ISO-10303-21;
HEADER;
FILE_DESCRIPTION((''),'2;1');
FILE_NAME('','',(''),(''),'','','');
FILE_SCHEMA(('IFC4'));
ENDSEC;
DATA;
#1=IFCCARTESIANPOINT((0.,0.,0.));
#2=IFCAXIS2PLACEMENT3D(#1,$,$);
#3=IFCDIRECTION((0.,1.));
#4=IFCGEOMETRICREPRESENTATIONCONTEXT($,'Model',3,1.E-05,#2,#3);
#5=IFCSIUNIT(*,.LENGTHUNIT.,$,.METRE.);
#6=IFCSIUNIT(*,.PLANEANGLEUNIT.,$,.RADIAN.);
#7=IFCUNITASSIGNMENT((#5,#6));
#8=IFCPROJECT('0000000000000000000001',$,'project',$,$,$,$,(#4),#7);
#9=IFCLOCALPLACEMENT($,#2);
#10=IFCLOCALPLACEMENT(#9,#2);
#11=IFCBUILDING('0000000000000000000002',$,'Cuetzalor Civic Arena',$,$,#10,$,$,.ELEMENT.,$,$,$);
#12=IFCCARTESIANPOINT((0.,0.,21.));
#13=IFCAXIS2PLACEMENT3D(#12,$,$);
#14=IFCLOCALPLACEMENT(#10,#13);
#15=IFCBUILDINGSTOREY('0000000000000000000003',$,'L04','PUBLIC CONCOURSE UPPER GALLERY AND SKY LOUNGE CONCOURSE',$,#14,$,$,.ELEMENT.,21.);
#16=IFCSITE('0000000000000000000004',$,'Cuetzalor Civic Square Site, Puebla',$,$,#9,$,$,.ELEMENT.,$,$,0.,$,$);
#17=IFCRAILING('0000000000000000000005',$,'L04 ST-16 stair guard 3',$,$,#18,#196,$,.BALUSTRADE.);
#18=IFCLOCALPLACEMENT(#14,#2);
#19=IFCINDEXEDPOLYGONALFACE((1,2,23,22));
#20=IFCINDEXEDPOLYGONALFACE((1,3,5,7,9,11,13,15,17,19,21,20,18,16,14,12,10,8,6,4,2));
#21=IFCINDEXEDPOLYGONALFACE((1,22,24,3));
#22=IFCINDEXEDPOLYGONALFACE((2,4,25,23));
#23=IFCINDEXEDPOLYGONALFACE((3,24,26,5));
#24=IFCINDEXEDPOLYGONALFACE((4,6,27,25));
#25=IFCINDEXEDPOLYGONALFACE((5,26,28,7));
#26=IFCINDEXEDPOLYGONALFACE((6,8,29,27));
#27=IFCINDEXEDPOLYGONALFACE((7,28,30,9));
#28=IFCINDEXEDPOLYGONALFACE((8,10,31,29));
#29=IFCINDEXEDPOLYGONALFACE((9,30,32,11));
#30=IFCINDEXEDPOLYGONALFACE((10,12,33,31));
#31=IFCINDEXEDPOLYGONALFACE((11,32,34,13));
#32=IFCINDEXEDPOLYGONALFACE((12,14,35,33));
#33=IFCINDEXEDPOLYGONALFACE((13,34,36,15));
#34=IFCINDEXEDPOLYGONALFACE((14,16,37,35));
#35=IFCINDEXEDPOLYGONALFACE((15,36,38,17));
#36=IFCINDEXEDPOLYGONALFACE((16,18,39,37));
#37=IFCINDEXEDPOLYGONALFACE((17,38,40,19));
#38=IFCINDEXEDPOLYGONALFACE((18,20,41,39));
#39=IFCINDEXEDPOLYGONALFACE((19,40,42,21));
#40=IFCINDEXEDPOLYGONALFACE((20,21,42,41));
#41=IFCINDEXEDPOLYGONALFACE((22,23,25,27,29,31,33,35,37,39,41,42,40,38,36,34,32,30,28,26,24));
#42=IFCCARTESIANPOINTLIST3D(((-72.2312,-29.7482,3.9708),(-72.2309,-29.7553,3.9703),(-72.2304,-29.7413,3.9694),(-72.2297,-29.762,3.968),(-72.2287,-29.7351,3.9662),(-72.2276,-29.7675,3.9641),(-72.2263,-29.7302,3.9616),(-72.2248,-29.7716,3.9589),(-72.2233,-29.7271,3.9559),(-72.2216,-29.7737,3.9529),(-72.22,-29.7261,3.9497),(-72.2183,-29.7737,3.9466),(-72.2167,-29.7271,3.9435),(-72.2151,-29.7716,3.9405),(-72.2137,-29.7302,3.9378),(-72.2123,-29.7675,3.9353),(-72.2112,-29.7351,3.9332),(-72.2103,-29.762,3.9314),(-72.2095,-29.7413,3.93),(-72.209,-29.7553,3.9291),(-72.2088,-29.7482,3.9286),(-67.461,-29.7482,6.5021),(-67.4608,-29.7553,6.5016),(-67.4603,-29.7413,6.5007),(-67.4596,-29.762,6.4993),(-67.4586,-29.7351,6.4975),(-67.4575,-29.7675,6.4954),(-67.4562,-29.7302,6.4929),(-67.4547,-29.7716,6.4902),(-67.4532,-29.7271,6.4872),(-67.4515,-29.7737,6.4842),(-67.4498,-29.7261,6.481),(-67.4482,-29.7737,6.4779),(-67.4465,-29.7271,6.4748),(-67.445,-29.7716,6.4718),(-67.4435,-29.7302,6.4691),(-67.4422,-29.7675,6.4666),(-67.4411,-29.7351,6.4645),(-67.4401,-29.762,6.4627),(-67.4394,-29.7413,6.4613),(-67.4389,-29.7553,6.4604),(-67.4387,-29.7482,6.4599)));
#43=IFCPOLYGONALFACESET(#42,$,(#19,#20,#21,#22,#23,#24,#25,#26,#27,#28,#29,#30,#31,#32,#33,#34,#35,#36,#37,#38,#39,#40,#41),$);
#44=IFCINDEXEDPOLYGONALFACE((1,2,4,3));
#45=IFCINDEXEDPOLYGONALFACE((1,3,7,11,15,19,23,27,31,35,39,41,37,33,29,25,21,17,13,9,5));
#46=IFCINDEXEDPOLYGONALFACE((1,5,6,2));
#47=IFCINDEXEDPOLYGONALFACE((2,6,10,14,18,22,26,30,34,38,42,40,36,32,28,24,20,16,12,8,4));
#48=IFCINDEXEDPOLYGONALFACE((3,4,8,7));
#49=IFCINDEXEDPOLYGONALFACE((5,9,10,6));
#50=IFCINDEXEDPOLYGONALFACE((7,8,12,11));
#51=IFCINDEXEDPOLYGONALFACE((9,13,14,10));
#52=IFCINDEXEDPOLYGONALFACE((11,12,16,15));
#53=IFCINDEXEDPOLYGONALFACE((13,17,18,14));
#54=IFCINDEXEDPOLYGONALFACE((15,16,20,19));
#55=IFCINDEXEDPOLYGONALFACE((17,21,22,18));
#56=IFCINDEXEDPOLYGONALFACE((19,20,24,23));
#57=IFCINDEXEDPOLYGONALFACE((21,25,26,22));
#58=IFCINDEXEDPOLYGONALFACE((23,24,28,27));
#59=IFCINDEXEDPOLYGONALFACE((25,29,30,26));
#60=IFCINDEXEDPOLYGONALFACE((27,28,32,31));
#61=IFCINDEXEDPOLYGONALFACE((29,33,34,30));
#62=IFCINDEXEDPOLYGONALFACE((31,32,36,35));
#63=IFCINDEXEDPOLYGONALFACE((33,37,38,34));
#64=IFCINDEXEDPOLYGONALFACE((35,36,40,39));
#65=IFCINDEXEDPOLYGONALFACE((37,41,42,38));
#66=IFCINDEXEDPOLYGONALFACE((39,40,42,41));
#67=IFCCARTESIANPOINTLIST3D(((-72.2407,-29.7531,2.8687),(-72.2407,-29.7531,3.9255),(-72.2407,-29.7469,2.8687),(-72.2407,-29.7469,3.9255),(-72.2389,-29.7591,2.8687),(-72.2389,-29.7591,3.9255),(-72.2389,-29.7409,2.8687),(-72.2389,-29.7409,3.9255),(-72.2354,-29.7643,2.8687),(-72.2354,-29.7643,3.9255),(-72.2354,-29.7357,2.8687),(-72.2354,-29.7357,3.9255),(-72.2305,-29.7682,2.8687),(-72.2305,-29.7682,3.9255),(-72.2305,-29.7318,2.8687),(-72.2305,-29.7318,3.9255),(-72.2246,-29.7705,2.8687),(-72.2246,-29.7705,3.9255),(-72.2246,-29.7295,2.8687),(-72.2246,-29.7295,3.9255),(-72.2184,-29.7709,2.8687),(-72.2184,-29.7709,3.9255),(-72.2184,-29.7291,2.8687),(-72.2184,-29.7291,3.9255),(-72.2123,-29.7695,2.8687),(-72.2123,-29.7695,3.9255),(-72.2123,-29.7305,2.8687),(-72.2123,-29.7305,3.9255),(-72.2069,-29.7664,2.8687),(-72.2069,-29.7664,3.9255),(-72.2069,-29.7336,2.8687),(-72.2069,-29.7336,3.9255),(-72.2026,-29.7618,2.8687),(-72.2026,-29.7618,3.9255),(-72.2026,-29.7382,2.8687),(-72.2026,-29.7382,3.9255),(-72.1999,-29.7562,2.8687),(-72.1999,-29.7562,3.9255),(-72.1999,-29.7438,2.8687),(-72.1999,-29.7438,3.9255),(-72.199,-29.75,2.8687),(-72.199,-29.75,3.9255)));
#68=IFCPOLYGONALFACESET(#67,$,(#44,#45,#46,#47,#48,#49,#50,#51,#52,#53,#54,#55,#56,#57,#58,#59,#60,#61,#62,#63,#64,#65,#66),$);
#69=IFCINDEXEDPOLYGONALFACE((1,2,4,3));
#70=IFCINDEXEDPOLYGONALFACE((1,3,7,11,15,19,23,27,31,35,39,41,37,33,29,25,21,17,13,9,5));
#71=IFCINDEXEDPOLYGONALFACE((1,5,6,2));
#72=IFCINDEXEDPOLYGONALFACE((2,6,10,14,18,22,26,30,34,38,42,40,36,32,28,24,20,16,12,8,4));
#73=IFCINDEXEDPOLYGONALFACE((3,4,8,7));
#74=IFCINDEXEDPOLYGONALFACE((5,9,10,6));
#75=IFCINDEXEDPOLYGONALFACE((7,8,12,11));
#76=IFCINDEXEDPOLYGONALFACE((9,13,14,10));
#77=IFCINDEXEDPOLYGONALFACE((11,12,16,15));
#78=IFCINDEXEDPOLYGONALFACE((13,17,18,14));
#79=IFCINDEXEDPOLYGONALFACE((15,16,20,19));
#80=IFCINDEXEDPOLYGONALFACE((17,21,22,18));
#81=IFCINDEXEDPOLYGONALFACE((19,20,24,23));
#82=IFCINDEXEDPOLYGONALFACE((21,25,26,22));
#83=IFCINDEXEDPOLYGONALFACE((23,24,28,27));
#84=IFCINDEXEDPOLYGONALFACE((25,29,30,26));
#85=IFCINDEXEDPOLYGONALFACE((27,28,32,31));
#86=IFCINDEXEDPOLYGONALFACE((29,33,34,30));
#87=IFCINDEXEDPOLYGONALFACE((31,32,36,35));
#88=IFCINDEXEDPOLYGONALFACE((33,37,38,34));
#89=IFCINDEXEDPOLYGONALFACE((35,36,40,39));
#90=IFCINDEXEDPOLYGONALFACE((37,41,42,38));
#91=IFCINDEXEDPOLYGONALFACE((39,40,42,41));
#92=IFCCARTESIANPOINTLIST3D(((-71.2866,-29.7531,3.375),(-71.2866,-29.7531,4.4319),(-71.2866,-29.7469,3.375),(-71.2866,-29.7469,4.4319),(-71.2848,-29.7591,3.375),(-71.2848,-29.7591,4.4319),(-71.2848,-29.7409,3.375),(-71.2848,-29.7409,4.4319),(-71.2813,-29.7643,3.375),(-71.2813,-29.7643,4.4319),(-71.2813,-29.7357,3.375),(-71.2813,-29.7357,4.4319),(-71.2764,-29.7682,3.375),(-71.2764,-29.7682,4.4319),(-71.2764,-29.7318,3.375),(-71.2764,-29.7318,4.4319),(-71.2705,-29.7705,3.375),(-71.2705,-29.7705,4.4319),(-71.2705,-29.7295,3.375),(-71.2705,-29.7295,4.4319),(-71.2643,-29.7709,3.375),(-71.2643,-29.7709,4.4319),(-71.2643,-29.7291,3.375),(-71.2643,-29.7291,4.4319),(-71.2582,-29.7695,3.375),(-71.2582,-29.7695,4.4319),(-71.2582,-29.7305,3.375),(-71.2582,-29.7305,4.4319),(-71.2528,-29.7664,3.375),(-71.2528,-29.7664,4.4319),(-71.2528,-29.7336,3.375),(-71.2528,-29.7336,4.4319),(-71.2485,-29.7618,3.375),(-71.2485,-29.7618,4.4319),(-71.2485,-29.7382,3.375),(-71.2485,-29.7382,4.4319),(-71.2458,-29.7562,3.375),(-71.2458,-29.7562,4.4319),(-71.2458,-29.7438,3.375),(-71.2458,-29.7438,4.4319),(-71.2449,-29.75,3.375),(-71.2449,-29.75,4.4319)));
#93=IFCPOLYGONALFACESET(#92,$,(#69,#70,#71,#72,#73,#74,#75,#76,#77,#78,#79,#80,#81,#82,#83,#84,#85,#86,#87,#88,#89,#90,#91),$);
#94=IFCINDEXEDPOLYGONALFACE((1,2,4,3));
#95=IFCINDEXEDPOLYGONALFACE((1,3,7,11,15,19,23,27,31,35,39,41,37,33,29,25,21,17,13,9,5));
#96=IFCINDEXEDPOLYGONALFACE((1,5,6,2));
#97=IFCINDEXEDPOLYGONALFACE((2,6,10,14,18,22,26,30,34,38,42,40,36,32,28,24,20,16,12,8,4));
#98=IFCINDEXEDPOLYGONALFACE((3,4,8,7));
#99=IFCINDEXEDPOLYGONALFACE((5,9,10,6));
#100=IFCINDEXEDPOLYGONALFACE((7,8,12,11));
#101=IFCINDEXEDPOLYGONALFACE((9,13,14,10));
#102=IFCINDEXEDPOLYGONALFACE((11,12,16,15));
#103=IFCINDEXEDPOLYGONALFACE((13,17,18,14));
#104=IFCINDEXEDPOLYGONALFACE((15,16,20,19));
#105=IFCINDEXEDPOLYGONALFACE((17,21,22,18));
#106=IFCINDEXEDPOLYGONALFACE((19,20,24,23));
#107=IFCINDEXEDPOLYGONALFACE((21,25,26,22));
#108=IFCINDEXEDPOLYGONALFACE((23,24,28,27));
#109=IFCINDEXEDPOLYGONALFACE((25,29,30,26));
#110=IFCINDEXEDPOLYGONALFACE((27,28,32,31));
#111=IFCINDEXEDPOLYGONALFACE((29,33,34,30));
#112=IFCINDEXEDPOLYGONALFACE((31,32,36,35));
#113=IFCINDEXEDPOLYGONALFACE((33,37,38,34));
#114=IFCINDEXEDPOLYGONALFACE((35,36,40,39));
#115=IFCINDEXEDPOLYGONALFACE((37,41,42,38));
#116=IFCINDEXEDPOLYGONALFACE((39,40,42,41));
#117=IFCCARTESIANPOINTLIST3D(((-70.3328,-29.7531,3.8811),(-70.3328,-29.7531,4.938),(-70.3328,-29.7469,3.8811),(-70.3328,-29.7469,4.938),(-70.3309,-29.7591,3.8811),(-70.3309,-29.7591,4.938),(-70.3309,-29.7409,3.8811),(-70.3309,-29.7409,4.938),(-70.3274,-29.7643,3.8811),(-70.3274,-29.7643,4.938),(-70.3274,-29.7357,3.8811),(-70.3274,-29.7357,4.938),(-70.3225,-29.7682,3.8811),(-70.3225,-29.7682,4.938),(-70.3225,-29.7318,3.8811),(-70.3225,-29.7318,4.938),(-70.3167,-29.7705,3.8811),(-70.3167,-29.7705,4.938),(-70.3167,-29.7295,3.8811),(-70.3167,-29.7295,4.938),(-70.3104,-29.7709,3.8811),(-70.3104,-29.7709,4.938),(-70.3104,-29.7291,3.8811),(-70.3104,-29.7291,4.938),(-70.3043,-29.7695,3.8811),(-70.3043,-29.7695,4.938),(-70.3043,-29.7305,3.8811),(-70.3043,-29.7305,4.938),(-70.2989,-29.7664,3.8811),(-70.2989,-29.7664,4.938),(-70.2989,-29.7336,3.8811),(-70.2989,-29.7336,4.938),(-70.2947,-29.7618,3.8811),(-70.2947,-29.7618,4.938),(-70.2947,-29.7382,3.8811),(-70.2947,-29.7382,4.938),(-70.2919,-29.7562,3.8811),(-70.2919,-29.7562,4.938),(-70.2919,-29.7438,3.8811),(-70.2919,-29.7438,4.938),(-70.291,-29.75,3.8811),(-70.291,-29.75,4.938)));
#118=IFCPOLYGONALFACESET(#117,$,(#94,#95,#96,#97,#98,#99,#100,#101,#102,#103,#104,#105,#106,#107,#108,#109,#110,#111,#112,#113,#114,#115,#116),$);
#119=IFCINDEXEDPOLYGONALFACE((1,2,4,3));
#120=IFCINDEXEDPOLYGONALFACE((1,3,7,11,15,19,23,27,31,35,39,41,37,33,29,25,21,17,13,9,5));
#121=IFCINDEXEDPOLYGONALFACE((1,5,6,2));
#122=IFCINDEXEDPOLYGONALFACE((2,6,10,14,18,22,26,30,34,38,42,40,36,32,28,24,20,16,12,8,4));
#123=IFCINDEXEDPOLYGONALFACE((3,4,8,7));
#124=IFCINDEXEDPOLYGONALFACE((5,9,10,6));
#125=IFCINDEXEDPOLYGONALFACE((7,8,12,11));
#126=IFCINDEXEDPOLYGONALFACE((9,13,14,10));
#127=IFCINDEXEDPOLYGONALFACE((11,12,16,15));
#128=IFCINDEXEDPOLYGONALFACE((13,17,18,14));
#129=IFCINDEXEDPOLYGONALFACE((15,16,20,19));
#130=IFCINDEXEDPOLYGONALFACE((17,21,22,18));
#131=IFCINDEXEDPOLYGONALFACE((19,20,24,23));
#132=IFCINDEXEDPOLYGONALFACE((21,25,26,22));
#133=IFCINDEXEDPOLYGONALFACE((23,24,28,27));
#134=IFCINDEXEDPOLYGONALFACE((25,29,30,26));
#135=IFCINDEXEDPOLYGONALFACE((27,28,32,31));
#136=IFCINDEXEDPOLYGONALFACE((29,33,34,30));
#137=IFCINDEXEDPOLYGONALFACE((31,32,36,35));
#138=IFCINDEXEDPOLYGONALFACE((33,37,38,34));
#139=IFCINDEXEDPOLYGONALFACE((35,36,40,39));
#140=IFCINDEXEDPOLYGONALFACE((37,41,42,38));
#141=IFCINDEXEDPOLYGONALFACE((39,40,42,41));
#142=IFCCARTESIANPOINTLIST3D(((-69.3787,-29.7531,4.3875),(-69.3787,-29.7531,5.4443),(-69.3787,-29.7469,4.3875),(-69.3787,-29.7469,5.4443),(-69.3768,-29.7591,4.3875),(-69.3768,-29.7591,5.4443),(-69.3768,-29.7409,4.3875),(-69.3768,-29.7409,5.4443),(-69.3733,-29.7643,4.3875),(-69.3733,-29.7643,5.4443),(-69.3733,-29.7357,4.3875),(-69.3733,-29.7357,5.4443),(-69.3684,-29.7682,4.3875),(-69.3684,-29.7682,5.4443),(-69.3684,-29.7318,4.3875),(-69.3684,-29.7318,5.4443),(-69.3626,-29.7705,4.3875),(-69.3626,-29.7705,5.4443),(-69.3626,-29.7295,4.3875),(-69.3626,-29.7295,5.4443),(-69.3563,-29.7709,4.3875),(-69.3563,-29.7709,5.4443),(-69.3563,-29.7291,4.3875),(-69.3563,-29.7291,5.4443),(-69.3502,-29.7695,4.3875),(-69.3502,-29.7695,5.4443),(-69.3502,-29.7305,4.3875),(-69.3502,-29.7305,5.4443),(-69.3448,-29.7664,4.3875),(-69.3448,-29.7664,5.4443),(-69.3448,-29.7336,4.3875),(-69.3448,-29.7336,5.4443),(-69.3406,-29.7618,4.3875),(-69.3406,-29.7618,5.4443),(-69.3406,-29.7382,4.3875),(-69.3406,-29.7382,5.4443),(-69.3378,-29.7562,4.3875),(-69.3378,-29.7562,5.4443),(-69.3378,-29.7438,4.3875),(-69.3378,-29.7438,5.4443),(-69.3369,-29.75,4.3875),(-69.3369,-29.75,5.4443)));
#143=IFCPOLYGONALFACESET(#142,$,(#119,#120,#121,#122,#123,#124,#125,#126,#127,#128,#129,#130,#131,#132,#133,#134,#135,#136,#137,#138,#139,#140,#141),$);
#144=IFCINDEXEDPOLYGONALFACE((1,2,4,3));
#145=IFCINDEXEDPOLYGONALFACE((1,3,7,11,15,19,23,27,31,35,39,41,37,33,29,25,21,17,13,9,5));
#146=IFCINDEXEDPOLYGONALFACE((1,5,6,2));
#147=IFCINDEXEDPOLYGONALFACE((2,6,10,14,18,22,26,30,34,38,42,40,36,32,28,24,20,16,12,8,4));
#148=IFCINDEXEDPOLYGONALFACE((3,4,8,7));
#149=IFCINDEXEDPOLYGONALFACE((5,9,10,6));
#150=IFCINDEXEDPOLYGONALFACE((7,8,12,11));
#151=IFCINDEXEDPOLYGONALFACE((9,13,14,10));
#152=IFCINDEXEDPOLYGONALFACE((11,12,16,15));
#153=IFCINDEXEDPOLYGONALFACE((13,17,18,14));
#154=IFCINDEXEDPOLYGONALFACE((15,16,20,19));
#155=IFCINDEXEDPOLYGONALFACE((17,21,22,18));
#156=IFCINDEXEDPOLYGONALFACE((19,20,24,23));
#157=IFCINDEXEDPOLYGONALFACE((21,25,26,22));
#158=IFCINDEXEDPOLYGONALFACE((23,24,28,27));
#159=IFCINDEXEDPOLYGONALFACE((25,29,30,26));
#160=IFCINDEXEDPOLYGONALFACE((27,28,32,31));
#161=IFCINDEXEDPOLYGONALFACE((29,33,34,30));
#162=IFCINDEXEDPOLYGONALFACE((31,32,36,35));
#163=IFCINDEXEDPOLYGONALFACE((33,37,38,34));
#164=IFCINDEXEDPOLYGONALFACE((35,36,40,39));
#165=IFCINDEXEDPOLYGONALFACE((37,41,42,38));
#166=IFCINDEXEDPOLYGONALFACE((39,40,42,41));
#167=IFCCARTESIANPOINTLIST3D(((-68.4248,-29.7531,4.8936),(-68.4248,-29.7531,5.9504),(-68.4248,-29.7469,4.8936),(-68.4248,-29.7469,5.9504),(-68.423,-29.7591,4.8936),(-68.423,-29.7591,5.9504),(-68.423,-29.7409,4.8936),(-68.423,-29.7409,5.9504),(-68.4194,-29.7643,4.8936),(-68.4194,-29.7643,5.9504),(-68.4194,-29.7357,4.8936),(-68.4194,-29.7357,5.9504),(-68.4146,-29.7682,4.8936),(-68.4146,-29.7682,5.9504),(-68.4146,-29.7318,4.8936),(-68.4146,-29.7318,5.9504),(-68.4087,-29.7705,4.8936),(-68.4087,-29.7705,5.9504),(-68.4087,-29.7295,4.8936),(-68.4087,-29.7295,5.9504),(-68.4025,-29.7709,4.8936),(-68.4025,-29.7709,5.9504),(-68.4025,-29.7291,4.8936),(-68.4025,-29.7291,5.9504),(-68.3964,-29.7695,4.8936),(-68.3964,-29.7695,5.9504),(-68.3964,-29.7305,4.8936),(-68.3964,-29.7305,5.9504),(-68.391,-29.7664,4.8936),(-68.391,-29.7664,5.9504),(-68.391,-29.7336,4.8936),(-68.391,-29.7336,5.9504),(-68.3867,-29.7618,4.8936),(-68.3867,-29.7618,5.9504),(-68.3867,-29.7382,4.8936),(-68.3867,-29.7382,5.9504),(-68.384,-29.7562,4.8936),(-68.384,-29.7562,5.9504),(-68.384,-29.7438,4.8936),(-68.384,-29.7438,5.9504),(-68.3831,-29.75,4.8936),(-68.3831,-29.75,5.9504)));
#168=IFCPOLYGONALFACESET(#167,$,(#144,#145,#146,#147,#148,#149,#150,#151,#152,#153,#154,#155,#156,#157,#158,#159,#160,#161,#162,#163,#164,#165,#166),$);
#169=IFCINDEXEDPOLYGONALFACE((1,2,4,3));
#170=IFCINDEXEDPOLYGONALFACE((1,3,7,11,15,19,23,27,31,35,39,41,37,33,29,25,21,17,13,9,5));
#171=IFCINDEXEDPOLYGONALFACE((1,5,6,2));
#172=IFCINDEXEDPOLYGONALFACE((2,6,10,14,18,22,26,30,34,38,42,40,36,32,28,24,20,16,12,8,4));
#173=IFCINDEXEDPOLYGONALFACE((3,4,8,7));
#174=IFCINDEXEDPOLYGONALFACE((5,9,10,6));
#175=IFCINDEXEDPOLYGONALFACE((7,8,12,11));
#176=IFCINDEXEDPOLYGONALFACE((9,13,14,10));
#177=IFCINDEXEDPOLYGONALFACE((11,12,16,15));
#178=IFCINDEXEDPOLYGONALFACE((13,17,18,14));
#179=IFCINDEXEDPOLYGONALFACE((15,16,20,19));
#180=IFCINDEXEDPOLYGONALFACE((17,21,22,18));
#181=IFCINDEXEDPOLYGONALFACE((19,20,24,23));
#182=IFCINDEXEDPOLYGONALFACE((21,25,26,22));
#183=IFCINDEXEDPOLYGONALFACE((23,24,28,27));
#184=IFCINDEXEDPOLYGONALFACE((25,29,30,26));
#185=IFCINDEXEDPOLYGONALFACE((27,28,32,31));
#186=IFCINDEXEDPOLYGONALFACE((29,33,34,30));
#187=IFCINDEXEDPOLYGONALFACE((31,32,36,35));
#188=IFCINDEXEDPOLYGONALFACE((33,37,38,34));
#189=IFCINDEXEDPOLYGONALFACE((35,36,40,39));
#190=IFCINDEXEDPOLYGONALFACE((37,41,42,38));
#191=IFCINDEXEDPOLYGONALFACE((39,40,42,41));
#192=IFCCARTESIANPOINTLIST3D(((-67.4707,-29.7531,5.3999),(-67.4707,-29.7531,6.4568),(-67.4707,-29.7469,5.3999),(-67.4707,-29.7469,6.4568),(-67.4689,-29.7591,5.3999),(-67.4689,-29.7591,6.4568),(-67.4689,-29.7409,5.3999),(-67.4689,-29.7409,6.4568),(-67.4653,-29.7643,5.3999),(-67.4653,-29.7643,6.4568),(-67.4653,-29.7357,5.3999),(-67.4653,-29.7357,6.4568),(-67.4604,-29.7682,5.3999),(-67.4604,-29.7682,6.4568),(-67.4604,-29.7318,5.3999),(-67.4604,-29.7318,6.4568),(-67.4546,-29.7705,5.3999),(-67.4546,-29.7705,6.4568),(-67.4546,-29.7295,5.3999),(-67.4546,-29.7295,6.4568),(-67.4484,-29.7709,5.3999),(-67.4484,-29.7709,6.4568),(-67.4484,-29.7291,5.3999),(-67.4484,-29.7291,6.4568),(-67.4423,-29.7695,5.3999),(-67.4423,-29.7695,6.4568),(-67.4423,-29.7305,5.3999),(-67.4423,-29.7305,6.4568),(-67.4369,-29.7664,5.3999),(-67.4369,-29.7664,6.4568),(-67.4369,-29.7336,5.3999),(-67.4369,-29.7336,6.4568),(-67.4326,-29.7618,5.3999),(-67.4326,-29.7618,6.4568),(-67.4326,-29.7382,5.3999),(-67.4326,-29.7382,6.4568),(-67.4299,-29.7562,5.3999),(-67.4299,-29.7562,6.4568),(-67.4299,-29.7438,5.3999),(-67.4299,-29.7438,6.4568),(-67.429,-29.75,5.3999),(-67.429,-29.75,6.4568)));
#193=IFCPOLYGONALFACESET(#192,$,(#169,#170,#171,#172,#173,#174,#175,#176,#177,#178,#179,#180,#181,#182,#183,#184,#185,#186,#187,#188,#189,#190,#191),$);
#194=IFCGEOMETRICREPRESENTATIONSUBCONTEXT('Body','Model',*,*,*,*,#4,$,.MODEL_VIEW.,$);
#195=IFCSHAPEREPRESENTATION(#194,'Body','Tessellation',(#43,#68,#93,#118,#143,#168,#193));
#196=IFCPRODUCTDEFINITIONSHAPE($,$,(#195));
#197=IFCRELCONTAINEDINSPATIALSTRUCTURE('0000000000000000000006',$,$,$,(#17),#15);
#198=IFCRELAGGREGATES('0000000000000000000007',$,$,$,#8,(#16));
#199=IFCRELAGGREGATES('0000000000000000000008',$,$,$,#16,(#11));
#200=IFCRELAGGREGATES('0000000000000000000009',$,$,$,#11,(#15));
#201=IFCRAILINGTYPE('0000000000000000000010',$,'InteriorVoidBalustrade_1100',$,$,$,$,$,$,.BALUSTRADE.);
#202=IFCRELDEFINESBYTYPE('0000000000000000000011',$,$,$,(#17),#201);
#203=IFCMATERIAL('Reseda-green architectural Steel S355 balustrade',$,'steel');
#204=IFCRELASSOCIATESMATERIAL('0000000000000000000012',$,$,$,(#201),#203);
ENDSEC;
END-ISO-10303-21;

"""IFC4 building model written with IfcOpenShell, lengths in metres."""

from ifc_helpers import new_model, si_unit, direction, frame, origin, origin_2d, place, context, subcontext, project, spatial, circle, extrude, material, type_object, element, save


model = new_model("IFC4")

# Units and contexts
model_context = context("Model", 3, precision=1e-05, world=origin(), true_north=direction((0.0, 1.0)))
body_context = subcontext(model_context, "Body", "Model", "MODEL_VIEW")
ifc_project = project(units=[si_unit("LENGTHUNIT", "METRE"), si_unit("PLANEANGLEUNIT", "RADIAN")], contexts=[model_context])

# Site, building, storey
site_placement = place(None, origin())
site = spatial("IfcSite", under=ifc_project, at=site_placement, Name="Cuetzalor Civic Square Site, Puebla", CompositionType="ELEMENT", RefElevation=0.0)
building_placement = place(site_placement, origin())
building = spatial("IfcBuilding", under=site, at=building_placement, Name="Cuetzalor Civic Arena", CompositionType="ELEMENT")
storey_placement = place(building_placement, frame((0.0, 0.0, 21.0)))
storey = spatial("IfcBuildingStorey", under=building, at=storey_placement, Name="L04", Description="PUBLIC CONCOURSE UPPER GALLERY AND SKY LOUNGE CONCOURSE", CompositionType="ELEMENT", Elevation=21.0)

# Railing
ifc_material_1 = material(Name="Reseda-green architectural Steel S355 balustrade", Category="steel")
railing_type_1 = type_object("IfcRailingType", Name="InteriorVoidBalustrade_1100", PredefinedType="BALUSTRADE", material=ifc_material_1)
railing_1_placement = place(storey_placement, frame((-72.22, -29.75, 2.8687)))
element("IfcRailing", 1, at=railing_1_placement, inside=storey, type_object=railing_type_1, Name="L04 ST-16 stair guard 3", PredefinedType="BALUSTRADE", context=body_context, shape_type="SweptSolid", body=[
    extrude(circle(Radius=0.0239, at=origin_2d()), frame((0.0, 0.0, 1.0811), z_axis=(0.883332, 0.0, 0.468747), x_axis=(0.0, 1.0, 0.0)), (0.0, 0.0, 1.0), 5.4001),
    extrude(circle(Radius=0.021, at=origin_2d()), origin(), (0.0, 0.0, 1.0), 1.0569),
    extrude(circle(Radius=0.021, at=origin_2d()), frame((0.9541, 0.0, 0.5063)), (0.0, 0.0, 1.0), 1.0569),
    extrude(circle(Radius=0.021, at=origin_2d()), frame((1.908, 0.0, 1.0125)), (0.0, 0.0, 1.0), 1.0569),
    extrude(circle(Radius=0.021, at=origin_2d()), frame((2.8621, 0.0, 1.5188)), (0.0, 0.0, 1.0), 1.0569),
    extrude(circle(Radius=0.021, at=origin_2d()), frame((3.8159, 0.0, 2.0249)), (0.0, 0.0, 1.0), 1.0569),
    extrude(circle(Radius=0.021, at=origin_2d()), frame((4.77, 0.0, 2.5312)), (0.0, 0.0, 1.0), 1.0569),
])

save(model, "model.ifc")
